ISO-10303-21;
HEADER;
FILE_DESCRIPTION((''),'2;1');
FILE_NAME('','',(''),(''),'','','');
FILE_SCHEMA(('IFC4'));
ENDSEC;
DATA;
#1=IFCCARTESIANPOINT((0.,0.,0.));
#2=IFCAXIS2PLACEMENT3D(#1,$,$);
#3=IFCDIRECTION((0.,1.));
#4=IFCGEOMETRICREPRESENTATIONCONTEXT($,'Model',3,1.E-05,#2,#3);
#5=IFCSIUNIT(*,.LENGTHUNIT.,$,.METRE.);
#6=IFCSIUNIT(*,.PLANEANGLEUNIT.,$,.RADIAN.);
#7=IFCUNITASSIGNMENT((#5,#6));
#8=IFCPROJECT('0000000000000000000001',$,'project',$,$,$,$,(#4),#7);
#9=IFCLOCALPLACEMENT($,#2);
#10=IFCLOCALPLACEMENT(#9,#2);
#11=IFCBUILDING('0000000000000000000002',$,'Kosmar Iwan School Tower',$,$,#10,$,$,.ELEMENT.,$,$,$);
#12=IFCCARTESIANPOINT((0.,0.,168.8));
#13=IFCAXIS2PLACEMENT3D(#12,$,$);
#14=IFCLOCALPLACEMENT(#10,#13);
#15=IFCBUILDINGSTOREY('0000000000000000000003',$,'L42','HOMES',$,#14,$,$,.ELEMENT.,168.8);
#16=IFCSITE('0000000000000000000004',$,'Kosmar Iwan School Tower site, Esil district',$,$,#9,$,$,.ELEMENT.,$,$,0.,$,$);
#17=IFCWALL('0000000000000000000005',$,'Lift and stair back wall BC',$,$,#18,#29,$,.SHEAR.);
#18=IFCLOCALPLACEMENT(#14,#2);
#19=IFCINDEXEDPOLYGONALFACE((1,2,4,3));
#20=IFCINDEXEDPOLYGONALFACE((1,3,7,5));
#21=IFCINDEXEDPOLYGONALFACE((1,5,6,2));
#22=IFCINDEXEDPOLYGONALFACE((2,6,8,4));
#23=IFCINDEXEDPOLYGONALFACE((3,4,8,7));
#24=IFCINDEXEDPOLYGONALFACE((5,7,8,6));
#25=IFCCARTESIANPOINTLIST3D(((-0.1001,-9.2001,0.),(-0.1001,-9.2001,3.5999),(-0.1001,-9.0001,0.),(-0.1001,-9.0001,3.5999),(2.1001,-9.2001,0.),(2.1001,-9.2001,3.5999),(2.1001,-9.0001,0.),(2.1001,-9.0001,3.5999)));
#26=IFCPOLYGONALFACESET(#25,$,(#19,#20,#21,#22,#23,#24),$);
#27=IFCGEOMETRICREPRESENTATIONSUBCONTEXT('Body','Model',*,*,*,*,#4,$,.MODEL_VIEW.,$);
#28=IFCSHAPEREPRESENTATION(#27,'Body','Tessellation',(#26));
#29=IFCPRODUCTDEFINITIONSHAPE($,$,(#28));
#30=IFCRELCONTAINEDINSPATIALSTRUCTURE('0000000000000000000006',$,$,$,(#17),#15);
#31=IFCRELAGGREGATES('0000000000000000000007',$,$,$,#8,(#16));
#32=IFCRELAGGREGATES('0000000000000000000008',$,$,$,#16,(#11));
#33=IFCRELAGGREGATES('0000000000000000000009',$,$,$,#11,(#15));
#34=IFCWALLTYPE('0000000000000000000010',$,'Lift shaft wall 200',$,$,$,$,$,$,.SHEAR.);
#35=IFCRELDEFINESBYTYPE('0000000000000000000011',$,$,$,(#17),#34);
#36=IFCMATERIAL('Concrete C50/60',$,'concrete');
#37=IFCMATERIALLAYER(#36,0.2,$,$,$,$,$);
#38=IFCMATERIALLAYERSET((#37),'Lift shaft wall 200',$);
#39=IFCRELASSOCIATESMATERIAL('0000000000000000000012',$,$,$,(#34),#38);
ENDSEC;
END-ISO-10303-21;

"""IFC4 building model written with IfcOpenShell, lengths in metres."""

from ifc_helpers import new_model, si_unit, direction, frame, frame_2d, origin, place, context, subcontext, project, spatial, rectangle, extrude, material, layer, layer_set, type_object, element, save


model = new_model("IFC4")

# Units and contexts
model_context = context("Model", 3, precision=1e-05, world=origin(), true_north=direction((0.0, 1.0)))
body_context = subcontext(model_context, "Body", "Model", "MODEL_VIEW")
ifc_project = project(units=[si_unit("LENGTHUNIT", "METRE"), si_unit("PLANEANGLEUNIT", "RADIAN")], contexts=[model_context])

# Site, building, storey
site_placement = place(None, origin())
site = spatial("IfcSite", under=ifc_project, at=site_placement, Name="Kosmar Iwan School Tower site, Esil district", CompositionType="ELEMENT", RefElevation=0.0)
building_placement = place(site_placement, origin())
building = spatial("IfcBuilding", under=site, at=building_placement, Name="Kosmar Iwan School Tower", CompositionType="ELEMENT")
storey_placement = place(building_placement, frame((0.0, 0.0, 168.8)))
storey = spatial("IfcBuildingStorey", under=building, at=storey_placement, Name="L42", Description="HOMES", CompositionType="ELEMENT", Elevation=168.8)

# Wall
ifc_material_1 = material(Name="Concrete C50/60", Category="concrete")
ifc_layer_1 = layer(ifc_material_1, 0.2)
ifc_layer_set_1 = layer_set([ifc_layer_1], Name="Lift shaft wall 200")
wall_type_1 = type_object("IfcWallType", Name="Lift shaft wall 200", PredefinedType="SHEAR", material=ifc_layer_set_1)
wall_1_placement = place(storey_placement, frame((-0.1001, -9.1001, 0.0), z_axis=(0.0, 0.0, 1.0), x_axis=(1.0, 0.0, 0.0)))
element("IfcWall", 1, at=wall_1_placement, inside=storey, type_object=wall_type_1, Name="Lift and stair back wall BC", PredefinedType="SHEAR", context=body_context, shape_type="SweptSolid", body=[
    extrude(rectangle(XDim=2.2002, YDim=0.2, at=frame_2d((1.1001, 0.0))), origin(), (0.0, 0.0, 1.0), 3.5999),
])

save(model, "model.ifc")
